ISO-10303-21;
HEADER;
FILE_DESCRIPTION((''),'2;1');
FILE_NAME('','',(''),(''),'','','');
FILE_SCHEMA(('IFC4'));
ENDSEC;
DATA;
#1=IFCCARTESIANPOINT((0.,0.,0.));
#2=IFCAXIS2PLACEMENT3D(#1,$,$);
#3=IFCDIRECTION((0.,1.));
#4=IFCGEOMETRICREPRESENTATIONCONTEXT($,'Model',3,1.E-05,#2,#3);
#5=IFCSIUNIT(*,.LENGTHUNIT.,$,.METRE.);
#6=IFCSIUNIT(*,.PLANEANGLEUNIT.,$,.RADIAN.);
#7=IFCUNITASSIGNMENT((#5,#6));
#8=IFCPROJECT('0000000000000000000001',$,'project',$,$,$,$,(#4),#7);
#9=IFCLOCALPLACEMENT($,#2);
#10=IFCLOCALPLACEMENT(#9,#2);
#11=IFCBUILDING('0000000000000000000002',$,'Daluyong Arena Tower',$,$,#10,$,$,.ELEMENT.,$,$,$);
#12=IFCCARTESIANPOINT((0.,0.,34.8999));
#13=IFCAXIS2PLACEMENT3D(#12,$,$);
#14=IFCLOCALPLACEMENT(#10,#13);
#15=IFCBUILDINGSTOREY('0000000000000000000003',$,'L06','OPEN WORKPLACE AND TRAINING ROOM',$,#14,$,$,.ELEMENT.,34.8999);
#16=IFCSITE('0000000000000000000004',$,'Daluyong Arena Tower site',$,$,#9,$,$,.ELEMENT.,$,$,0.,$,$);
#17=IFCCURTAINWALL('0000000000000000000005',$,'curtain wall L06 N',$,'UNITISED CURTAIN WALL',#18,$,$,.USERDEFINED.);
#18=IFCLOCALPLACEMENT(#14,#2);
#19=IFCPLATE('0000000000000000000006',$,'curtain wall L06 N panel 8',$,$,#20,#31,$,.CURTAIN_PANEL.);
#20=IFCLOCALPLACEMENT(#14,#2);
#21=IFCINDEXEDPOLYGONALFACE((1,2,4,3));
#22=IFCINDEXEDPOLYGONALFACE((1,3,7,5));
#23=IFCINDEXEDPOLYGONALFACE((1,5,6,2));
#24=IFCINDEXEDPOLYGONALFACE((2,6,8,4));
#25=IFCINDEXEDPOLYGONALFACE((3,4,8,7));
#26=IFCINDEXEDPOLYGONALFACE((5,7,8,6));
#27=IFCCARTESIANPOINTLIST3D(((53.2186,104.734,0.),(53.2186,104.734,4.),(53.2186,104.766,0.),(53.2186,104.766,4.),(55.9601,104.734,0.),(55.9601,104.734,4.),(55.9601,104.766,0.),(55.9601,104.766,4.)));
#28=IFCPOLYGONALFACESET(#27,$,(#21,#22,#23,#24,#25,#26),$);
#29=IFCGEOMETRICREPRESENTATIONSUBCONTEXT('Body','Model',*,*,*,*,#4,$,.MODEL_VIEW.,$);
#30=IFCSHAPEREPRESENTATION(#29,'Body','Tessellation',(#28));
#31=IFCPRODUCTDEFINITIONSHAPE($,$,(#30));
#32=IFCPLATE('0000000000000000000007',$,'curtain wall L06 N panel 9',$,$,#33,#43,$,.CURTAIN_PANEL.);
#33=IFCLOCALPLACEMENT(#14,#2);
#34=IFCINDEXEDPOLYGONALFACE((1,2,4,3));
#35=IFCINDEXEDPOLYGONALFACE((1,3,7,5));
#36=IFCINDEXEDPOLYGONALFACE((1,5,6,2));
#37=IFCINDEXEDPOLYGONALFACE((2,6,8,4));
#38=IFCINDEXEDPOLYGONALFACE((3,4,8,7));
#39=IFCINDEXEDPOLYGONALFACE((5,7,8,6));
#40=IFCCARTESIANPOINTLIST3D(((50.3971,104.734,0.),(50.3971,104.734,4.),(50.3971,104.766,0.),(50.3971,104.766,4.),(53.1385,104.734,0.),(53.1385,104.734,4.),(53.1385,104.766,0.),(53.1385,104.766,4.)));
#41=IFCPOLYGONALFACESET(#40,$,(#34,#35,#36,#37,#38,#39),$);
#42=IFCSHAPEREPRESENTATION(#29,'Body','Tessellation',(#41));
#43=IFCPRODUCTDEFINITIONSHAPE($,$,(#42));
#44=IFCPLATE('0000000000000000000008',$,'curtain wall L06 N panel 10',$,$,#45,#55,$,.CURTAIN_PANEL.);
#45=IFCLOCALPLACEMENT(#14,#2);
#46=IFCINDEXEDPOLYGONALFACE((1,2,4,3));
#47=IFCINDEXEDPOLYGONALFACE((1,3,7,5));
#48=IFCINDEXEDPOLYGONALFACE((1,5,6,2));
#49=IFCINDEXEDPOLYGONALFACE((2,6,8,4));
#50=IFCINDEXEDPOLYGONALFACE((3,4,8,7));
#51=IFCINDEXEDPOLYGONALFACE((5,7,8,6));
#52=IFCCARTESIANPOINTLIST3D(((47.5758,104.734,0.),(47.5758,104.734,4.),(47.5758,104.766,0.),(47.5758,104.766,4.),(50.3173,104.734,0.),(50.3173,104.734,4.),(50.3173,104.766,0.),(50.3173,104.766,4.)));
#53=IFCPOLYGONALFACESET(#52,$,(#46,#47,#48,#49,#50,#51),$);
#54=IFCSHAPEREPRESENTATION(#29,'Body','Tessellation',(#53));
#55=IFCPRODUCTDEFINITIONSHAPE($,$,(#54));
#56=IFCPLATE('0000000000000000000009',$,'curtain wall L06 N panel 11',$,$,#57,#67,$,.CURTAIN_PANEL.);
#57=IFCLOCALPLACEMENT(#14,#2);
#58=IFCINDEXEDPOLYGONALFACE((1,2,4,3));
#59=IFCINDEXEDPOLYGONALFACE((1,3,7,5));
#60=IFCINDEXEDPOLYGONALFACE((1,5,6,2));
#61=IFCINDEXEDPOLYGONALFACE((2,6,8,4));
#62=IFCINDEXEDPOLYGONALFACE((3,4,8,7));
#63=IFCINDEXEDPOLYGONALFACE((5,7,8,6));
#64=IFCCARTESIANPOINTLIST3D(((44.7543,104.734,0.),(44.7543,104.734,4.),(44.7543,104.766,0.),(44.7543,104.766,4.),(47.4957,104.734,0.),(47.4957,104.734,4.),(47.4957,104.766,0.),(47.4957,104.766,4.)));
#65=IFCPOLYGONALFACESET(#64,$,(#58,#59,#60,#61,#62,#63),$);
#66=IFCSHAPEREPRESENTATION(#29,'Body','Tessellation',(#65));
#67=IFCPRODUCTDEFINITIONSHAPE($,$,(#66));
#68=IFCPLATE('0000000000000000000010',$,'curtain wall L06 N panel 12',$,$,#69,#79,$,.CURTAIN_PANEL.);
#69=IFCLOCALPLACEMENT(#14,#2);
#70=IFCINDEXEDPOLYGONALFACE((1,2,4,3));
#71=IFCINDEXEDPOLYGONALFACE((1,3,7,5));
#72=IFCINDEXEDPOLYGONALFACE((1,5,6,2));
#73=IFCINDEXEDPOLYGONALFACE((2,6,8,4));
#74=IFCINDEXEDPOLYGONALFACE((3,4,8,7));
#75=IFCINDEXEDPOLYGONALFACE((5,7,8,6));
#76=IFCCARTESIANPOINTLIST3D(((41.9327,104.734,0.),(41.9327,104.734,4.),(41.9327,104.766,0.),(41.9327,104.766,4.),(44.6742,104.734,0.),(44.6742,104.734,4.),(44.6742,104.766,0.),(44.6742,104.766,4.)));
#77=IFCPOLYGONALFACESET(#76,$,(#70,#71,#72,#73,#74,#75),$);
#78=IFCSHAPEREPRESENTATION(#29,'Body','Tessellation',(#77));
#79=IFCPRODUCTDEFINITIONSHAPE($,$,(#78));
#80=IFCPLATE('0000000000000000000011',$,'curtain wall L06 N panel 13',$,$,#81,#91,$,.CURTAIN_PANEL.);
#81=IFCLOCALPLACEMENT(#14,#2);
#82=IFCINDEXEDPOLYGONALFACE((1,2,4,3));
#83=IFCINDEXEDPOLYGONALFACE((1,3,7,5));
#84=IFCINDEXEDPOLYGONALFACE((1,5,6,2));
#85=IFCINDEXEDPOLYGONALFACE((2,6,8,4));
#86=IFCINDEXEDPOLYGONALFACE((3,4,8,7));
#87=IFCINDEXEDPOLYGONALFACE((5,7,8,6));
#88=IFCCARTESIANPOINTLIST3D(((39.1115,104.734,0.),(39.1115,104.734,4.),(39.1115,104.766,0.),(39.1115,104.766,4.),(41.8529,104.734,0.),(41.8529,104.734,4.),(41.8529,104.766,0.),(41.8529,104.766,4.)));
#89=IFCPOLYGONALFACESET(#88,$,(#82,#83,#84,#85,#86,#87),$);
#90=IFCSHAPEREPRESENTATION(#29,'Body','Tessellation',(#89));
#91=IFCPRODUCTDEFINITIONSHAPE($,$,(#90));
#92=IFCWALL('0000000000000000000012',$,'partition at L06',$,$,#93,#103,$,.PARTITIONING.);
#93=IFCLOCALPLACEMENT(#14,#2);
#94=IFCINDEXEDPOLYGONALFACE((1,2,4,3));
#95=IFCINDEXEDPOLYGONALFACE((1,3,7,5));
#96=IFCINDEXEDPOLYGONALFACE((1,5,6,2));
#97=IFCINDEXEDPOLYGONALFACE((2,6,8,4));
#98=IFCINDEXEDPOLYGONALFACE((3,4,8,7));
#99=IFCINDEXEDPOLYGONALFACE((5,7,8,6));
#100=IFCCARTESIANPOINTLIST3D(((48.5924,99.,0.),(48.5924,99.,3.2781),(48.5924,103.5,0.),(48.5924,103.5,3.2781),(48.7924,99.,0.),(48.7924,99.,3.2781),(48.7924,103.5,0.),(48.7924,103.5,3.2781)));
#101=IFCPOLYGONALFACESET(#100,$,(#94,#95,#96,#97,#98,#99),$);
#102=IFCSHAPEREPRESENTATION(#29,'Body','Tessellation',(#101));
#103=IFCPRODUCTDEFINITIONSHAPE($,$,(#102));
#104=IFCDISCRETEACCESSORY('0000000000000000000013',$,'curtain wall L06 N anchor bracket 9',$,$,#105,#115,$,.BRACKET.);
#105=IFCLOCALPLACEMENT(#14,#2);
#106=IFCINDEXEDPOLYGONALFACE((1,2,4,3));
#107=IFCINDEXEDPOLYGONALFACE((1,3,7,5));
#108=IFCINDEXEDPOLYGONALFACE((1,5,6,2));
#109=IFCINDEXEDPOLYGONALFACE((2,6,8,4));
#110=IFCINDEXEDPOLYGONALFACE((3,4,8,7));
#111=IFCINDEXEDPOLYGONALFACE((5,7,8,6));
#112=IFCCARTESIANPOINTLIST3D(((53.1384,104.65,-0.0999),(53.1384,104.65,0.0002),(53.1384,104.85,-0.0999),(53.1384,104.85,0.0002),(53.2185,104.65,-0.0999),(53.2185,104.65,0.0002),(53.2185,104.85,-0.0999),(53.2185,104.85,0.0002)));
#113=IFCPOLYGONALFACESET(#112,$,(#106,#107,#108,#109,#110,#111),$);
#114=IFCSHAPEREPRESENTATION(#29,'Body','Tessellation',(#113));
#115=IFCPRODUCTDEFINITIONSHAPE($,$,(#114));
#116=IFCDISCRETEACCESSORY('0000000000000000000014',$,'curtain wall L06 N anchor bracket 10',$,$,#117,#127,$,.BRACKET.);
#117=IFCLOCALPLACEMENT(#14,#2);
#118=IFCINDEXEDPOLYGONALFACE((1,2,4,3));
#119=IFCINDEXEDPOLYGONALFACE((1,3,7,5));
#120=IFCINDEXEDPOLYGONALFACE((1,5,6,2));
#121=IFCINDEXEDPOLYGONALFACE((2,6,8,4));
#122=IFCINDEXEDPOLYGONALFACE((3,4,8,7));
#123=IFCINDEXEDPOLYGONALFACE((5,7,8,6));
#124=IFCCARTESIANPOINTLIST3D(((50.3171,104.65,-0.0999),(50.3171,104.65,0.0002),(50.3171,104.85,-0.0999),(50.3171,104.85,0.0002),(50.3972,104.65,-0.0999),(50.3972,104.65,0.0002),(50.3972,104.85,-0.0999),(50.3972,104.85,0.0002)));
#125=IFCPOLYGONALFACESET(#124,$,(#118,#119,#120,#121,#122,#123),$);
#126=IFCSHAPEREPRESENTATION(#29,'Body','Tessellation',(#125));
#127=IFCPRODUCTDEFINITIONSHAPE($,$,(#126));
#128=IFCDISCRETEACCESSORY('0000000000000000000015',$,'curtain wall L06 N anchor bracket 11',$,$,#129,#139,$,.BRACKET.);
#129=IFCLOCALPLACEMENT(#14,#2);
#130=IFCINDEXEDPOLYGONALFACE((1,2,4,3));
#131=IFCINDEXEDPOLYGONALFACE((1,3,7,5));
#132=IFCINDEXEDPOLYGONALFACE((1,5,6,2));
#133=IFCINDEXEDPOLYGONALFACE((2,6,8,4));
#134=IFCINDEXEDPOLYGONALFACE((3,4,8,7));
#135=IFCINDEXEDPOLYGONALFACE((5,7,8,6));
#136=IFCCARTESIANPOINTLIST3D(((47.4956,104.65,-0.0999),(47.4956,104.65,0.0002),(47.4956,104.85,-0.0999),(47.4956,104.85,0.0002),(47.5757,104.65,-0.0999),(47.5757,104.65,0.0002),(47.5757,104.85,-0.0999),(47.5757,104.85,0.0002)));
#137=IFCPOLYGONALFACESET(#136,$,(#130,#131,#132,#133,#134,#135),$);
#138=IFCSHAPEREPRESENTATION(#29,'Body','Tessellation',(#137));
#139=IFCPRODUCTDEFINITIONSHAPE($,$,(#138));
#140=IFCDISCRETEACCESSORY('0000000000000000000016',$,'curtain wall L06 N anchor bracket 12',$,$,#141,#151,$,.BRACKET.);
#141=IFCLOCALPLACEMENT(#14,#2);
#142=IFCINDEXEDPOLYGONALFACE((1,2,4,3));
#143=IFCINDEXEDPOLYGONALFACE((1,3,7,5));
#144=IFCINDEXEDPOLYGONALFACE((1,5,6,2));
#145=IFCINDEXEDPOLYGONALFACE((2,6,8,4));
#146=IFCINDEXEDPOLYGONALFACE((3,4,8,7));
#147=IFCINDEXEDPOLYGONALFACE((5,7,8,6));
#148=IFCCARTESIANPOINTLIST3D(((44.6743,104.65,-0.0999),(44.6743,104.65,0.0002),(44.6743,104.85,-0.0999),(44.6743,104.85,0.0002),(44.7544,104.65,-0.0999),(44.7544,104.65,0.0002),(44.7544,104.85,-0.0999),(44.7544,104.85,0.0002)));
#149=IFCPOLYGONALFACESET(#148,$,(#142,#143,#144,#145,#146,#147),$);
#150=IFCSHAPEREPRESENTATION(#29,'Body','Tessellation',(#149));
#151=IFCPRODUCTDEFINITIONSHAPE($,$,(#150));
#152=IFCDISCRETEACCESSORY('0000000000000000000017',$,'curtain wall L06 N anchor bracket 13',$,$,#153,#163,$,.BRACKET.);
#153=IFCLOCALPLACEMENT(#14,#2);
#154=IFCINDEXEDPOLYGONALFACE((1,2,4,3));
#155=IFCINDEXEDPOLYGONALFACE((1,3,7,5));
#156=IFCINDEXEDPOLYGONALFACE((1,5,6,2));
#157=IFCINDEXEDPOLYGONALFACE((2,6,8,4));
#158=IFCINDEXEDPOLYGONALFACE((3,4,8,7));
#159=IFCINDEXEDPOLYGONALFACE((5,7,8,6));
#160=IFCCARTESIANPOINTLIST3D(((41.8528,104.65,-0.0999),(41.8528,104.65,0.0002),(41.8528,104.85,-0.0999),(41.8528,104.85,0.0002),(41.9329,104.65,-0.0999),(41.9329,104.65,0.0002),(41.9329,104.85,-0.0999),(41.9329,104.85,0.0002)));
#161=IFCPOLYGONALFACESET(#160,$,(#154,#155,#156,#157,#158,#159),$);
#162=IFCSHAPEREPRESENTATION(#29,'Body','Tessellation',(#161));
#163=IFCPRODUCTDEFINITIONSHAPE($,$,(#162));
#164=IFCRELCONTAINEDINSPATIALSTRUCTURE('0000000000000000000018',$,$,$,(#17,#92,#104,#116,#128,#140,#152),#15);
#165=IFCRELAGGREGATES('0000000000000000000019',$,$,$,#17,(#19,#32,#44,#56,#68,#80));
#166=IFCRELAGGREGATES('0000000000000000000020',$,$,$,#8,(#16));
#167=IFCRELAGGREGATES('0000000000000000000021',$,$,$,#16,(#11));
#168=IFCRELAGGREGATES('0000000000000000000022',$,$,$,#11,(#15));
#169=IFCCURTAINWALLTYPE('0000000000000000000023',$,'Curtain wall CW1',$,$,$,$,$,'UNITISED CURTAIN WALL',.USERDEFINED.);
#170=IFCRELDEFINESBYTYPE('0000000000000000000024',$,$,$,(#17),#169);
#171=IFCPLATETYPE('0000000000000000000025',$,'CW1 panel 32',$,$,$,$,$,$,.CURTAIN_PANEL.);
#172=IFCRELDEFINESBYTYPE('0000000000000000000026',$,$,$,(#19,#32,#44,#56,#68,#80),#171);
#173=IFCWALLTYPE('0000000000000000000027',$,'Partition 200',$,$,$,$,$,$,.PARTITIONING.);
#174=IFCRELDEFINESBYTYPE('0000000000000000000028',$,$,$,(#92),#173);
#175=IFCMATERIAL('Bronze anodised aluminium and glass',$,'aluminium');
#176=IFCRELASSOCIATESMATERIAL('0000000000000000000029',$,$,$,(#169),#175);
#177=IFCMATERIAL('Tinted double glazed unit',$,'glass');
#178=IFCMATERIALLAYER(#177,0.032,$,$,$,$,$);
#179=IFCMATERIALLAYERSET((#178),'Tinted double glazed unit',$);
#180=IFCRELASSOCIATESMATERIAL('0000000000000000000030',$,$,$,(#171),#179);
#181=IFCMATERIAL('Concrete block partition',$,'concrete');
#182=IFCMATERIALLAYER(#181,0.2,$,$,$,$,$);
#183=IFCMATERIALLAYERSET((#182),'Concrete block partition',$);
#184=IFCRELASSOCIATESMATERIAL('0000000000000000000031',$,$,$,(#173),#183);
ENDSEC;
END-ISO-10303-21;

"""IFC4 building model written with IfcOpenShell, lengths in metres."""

from ifc_helpers import new_model, si_unit, direction, frame, frame_2d, origin, origin_2d, place, context, subcontext, project, spatial, rectangle, extrude, material, layer, layer_set, type_object, element, aggregate, save


model = new_model("IFC4")

# Units and contexts
model_context = context("Model", 3, precision=1e-05, world=origin(), true_north=direction((0.0, 1.0)))
body_context = subcontext(model_context, "Body", "Model", "MODEL_VIEW")
ifc_project = project(units=[si_unit("LENGTHUNIT", "METRE"), si_unit("PLANEANGLEUNIT", "RADIAN")], contexts=[model_context])

# Site, building, storey
site_placement = place(None, origin())
site = spatial("IfcSite", under=ifc_project, at=site_placement, Name="Daluyong Arena Tower site", CompositionType="ELEMENT", RefElevation=0.0)
building_placement = place(site_placement, origin())
building = spatial("IfcBuilding", under=site, at=building_placement, Name="Daluyong Arena Tower", CompositionType="ELEMENT")
storey_placement = place(building_placement, frame((0.0, 0.0, 34.8999)))
storey = spatial("IfcBuildingStorey", under=building, at=storey_placement, Name="L06", Description="OPEN WORKPLACE AND TRAINING ROOM", CompositionType="ELEMENT", Elevation=34.8999)

# Curtain wall
ifc_material_1 = material(Name="Bronze anodised aluminium and glass", Category="aluminium")
curtain_wall_type = type_object("IfcCurtainWallType", Name="Curtain wall CW1", ElementType="UNITISED CURTAIN WALL", PredefinedType="USERDEFINED", material=ifc_material_1)
curtain_wall_placement = place(storey_placement, origin())
curtain_wall = element("IfcCurtainWall", 1, at=curtain_wall_placement, inside=storey, type_object=curtain_wall_type, Name="curtain wall L06 N", ObjectType="UNITISED CURTAIN WALL", PredefinedType="USERDEFINED")

# Plates
ifc_material_2 = material(Name="Tinted double glazed unit", Category="glass")
ifc_layer_1 = layer(ifc_material_2, 0.032)
ifc_layer_set_1 = layer_set([ifc_layer_1], Name="Tinted double glazed unit")
plate_type = type_object("IfcPlateType", Name="CW1 panel 32", PredefinedType="CURTAIN_PANEL", material=ifc_layer_set_1)
plate_1_placement = place(storey_placement, frame((54.5894, 104.75, 0.0), z_axis=(0.0, 0.0, 1.0), x_axis=(-1.0, 0.0, 0.0)))
plate_1 = element("IfcPlate", 2, at=plate_1_placement, type_object=plate_type, Name="curtain wall L06 N panel 8", PredefinedType="CURTAIN_PANEL", context=body_context, shape_type="SweptSolid", body=[
    extrude(rectangle(XDim=2.7415, YDim=0.032, at=origin_2d()), origin(), (0.0, 0.0, 1.0), 4.0),
])
plate_2_placement = place(storey_placement, frame((51.7678, 104.75, 0.0), z_axis=(0.0, 0.0, 1.0), x_axis=(-1.0, 0.0, 0.0)))
plate_2 = element("IfcPlate", 3, at=plate_2_placement, type_object=plate_type, Name="curtain wall L06 N panel 9", PredefinedType="CURTAIN_PANEL", context=body_context, shape_type="SweptSolid", body=[
    extrude(rectangle(XDim=2.7415, YDim=0.032, at=origin_2d()), origin(), (0.0, 0.0, 1.0), 4.0),
])
plate_3_placement = place(storey_placement, frame((48.9465, 104.75, 0.0), z_axis=(0.0, 0.0, 1.0), x_axis=(-1.0, 0.0, 0.0)))
plate_3 = element("IfcPlate", 4, at=plate_3_placement, type_object=plate_type, Name="curtain wall L06 N panel 10", PredefinedType="CURTAIN_PANEL", context=body_context, shape_type="SweptSolid", body=[
    extrude(rectangle(XDim=2.7415, YDim=0.032, at=origin_2d()), origin(), (0.0, 0.0, 1.0), 4.0),
])
plate_4_placement = place(storey_placement, frame((46.125, 104.75, 0.0), z_axis=(0.0, 0.0, 1.0), x_axis=(-1.0, 0.0, 0.0)))
plate_4 = element("IfcPlate", 5, at=plate_4_placement, type_object=plate_type, Name="curtain wall L06 N panel 11", PredefinedType="CURTAIN_PANEL", context=body_context, shape_type="SweptSolid", body=[
    extrude(rectangle(XDim=2.7415, YDim=0.032, at=origin_2d()), origin(), (0.0, 0.0, 1.0), 4.0),
])
plate_5_placement = place(storey_placement, frame((43.3035, 104.75, 0.0), z_axis=(0.0, 0.0, 1.0), x_axis=(-1.0, 0.0, 0.0)))
plate_5 = element("IfcPlate", 6, at=plate_5_placement, type_object=plate_type, Name="curtain wall L06 N panel 12", PredefinedType="CURTAIN_PANEL", context=body_context, shape_type="SweptSolid", body=[
    extrude(rectangle(XDim=2.7415, YDim=0.032, at=origin_2d()), origin(), (0.0, 0.0, 1.0), 4.0),
])
plate_6_placement = place(storey_placement, frame((40.4822, 104.75, 0.0), z_axis=(0.0, 0.0, 1.0), x_axis=(-1.0, 0.0, 0.0)))
plate_6 = element("IfcPlate", 7, at=plate_6_placement, type_object=plate_type, Name="curtain wall L06 N panel 13", PredefinedType="CURTAIN_PANEL", context=body_context, shape_type="SweptSolid", body=[
    extrude(rectangle(XDim=2.7415, YDim=0.032, at=origin_2d()), origin(), (0.0, 0.0, 1.0), 4.0),
])
aggregate(curtain_wall, [plate_1, plate_2, plate_3, plate_4, plate_5, plate_6])

# Wall
ifc_material_3 = material(Name="Concrete block partition", Category="concrete")
ifc_layer_2 = layer(ifc_material_3, 0.2)
ifc_layer_set_2 = layer_set([ifc_layer_2], Name="Concrete block partition")
wall_type = type_object("IfcWallType", Name="Partition 200", PredefinedType="PARTITIONING", material=ifc_layer_set_2)
wall_placement = place(storey_placement, frame((48.6924, 99.0, 0.0), z_axis=(0.0, 0.0, 1.0), x_axis=(0.0, 1.0, 0.0)))
element("IfcWall", 8, at=wall_placement, inside=storey, type_object=wall_type, Name="partition at L06", PredefinedType="PARTITIONING", context=body_context, shape_type="SweptSolid", body=[
    extrude(rectangle(XDim=4.5, YDim=0.2, at=frame_2d((2.25, 0.0))), origin(), (0.0, 0.0, 1.0), 3.2781),
])

# Discrete accessories
for number, where, z_axis, x_axis, name in (
    (9, (53.1785, 104.75, -0.0999), (0.0, 0.0, 1.0), (-1.0, 0.0, 0.0), "curtain wall L06 N anchor bracket 9"),
    (10, (50.3572, 104.75, -0.0999), (0.0, 0.0, 1.0), (-1.0, 0.0, 0.0), "curtain wall L06 N anchor bracket 10"),
    (11, (47.5356, 104.75, -0.0999), (0.0, 0.0, 1.0), (-1.0, 0.0, 0.0), "curtain wall L06 N anchor bracket 11"),
    (12, (44.7144, 104.75, -0.0999), (0.0, 0.0, 1.0), (-1.0, 0.0, 0.0), "curtain wall L06 N anchor bracket 12"),
    (13, (41.8928, 104.75, -0.0999), (0.0, 0.0, 1.0), (-1.0, 0.0, 0.0), "curtain wall L06 N anchor bracket 13"),
):
    element("IfcDiscreteAccessory", number, at=place(storey_placement, frame(where, z_axis=z_axis, x_axis=x_axis)), inside=storey, Name=name, PredefinedType="BRACKET", context=body_context, shape_type="SweptSolid", body=[
        extrude(rectangle(XDim=0.0801, YDim=0.2, at=origin_2d()), origin(), (0.0, 0.0, 1.0), 0.1001),
    ])

save(model, "model.ifc")
